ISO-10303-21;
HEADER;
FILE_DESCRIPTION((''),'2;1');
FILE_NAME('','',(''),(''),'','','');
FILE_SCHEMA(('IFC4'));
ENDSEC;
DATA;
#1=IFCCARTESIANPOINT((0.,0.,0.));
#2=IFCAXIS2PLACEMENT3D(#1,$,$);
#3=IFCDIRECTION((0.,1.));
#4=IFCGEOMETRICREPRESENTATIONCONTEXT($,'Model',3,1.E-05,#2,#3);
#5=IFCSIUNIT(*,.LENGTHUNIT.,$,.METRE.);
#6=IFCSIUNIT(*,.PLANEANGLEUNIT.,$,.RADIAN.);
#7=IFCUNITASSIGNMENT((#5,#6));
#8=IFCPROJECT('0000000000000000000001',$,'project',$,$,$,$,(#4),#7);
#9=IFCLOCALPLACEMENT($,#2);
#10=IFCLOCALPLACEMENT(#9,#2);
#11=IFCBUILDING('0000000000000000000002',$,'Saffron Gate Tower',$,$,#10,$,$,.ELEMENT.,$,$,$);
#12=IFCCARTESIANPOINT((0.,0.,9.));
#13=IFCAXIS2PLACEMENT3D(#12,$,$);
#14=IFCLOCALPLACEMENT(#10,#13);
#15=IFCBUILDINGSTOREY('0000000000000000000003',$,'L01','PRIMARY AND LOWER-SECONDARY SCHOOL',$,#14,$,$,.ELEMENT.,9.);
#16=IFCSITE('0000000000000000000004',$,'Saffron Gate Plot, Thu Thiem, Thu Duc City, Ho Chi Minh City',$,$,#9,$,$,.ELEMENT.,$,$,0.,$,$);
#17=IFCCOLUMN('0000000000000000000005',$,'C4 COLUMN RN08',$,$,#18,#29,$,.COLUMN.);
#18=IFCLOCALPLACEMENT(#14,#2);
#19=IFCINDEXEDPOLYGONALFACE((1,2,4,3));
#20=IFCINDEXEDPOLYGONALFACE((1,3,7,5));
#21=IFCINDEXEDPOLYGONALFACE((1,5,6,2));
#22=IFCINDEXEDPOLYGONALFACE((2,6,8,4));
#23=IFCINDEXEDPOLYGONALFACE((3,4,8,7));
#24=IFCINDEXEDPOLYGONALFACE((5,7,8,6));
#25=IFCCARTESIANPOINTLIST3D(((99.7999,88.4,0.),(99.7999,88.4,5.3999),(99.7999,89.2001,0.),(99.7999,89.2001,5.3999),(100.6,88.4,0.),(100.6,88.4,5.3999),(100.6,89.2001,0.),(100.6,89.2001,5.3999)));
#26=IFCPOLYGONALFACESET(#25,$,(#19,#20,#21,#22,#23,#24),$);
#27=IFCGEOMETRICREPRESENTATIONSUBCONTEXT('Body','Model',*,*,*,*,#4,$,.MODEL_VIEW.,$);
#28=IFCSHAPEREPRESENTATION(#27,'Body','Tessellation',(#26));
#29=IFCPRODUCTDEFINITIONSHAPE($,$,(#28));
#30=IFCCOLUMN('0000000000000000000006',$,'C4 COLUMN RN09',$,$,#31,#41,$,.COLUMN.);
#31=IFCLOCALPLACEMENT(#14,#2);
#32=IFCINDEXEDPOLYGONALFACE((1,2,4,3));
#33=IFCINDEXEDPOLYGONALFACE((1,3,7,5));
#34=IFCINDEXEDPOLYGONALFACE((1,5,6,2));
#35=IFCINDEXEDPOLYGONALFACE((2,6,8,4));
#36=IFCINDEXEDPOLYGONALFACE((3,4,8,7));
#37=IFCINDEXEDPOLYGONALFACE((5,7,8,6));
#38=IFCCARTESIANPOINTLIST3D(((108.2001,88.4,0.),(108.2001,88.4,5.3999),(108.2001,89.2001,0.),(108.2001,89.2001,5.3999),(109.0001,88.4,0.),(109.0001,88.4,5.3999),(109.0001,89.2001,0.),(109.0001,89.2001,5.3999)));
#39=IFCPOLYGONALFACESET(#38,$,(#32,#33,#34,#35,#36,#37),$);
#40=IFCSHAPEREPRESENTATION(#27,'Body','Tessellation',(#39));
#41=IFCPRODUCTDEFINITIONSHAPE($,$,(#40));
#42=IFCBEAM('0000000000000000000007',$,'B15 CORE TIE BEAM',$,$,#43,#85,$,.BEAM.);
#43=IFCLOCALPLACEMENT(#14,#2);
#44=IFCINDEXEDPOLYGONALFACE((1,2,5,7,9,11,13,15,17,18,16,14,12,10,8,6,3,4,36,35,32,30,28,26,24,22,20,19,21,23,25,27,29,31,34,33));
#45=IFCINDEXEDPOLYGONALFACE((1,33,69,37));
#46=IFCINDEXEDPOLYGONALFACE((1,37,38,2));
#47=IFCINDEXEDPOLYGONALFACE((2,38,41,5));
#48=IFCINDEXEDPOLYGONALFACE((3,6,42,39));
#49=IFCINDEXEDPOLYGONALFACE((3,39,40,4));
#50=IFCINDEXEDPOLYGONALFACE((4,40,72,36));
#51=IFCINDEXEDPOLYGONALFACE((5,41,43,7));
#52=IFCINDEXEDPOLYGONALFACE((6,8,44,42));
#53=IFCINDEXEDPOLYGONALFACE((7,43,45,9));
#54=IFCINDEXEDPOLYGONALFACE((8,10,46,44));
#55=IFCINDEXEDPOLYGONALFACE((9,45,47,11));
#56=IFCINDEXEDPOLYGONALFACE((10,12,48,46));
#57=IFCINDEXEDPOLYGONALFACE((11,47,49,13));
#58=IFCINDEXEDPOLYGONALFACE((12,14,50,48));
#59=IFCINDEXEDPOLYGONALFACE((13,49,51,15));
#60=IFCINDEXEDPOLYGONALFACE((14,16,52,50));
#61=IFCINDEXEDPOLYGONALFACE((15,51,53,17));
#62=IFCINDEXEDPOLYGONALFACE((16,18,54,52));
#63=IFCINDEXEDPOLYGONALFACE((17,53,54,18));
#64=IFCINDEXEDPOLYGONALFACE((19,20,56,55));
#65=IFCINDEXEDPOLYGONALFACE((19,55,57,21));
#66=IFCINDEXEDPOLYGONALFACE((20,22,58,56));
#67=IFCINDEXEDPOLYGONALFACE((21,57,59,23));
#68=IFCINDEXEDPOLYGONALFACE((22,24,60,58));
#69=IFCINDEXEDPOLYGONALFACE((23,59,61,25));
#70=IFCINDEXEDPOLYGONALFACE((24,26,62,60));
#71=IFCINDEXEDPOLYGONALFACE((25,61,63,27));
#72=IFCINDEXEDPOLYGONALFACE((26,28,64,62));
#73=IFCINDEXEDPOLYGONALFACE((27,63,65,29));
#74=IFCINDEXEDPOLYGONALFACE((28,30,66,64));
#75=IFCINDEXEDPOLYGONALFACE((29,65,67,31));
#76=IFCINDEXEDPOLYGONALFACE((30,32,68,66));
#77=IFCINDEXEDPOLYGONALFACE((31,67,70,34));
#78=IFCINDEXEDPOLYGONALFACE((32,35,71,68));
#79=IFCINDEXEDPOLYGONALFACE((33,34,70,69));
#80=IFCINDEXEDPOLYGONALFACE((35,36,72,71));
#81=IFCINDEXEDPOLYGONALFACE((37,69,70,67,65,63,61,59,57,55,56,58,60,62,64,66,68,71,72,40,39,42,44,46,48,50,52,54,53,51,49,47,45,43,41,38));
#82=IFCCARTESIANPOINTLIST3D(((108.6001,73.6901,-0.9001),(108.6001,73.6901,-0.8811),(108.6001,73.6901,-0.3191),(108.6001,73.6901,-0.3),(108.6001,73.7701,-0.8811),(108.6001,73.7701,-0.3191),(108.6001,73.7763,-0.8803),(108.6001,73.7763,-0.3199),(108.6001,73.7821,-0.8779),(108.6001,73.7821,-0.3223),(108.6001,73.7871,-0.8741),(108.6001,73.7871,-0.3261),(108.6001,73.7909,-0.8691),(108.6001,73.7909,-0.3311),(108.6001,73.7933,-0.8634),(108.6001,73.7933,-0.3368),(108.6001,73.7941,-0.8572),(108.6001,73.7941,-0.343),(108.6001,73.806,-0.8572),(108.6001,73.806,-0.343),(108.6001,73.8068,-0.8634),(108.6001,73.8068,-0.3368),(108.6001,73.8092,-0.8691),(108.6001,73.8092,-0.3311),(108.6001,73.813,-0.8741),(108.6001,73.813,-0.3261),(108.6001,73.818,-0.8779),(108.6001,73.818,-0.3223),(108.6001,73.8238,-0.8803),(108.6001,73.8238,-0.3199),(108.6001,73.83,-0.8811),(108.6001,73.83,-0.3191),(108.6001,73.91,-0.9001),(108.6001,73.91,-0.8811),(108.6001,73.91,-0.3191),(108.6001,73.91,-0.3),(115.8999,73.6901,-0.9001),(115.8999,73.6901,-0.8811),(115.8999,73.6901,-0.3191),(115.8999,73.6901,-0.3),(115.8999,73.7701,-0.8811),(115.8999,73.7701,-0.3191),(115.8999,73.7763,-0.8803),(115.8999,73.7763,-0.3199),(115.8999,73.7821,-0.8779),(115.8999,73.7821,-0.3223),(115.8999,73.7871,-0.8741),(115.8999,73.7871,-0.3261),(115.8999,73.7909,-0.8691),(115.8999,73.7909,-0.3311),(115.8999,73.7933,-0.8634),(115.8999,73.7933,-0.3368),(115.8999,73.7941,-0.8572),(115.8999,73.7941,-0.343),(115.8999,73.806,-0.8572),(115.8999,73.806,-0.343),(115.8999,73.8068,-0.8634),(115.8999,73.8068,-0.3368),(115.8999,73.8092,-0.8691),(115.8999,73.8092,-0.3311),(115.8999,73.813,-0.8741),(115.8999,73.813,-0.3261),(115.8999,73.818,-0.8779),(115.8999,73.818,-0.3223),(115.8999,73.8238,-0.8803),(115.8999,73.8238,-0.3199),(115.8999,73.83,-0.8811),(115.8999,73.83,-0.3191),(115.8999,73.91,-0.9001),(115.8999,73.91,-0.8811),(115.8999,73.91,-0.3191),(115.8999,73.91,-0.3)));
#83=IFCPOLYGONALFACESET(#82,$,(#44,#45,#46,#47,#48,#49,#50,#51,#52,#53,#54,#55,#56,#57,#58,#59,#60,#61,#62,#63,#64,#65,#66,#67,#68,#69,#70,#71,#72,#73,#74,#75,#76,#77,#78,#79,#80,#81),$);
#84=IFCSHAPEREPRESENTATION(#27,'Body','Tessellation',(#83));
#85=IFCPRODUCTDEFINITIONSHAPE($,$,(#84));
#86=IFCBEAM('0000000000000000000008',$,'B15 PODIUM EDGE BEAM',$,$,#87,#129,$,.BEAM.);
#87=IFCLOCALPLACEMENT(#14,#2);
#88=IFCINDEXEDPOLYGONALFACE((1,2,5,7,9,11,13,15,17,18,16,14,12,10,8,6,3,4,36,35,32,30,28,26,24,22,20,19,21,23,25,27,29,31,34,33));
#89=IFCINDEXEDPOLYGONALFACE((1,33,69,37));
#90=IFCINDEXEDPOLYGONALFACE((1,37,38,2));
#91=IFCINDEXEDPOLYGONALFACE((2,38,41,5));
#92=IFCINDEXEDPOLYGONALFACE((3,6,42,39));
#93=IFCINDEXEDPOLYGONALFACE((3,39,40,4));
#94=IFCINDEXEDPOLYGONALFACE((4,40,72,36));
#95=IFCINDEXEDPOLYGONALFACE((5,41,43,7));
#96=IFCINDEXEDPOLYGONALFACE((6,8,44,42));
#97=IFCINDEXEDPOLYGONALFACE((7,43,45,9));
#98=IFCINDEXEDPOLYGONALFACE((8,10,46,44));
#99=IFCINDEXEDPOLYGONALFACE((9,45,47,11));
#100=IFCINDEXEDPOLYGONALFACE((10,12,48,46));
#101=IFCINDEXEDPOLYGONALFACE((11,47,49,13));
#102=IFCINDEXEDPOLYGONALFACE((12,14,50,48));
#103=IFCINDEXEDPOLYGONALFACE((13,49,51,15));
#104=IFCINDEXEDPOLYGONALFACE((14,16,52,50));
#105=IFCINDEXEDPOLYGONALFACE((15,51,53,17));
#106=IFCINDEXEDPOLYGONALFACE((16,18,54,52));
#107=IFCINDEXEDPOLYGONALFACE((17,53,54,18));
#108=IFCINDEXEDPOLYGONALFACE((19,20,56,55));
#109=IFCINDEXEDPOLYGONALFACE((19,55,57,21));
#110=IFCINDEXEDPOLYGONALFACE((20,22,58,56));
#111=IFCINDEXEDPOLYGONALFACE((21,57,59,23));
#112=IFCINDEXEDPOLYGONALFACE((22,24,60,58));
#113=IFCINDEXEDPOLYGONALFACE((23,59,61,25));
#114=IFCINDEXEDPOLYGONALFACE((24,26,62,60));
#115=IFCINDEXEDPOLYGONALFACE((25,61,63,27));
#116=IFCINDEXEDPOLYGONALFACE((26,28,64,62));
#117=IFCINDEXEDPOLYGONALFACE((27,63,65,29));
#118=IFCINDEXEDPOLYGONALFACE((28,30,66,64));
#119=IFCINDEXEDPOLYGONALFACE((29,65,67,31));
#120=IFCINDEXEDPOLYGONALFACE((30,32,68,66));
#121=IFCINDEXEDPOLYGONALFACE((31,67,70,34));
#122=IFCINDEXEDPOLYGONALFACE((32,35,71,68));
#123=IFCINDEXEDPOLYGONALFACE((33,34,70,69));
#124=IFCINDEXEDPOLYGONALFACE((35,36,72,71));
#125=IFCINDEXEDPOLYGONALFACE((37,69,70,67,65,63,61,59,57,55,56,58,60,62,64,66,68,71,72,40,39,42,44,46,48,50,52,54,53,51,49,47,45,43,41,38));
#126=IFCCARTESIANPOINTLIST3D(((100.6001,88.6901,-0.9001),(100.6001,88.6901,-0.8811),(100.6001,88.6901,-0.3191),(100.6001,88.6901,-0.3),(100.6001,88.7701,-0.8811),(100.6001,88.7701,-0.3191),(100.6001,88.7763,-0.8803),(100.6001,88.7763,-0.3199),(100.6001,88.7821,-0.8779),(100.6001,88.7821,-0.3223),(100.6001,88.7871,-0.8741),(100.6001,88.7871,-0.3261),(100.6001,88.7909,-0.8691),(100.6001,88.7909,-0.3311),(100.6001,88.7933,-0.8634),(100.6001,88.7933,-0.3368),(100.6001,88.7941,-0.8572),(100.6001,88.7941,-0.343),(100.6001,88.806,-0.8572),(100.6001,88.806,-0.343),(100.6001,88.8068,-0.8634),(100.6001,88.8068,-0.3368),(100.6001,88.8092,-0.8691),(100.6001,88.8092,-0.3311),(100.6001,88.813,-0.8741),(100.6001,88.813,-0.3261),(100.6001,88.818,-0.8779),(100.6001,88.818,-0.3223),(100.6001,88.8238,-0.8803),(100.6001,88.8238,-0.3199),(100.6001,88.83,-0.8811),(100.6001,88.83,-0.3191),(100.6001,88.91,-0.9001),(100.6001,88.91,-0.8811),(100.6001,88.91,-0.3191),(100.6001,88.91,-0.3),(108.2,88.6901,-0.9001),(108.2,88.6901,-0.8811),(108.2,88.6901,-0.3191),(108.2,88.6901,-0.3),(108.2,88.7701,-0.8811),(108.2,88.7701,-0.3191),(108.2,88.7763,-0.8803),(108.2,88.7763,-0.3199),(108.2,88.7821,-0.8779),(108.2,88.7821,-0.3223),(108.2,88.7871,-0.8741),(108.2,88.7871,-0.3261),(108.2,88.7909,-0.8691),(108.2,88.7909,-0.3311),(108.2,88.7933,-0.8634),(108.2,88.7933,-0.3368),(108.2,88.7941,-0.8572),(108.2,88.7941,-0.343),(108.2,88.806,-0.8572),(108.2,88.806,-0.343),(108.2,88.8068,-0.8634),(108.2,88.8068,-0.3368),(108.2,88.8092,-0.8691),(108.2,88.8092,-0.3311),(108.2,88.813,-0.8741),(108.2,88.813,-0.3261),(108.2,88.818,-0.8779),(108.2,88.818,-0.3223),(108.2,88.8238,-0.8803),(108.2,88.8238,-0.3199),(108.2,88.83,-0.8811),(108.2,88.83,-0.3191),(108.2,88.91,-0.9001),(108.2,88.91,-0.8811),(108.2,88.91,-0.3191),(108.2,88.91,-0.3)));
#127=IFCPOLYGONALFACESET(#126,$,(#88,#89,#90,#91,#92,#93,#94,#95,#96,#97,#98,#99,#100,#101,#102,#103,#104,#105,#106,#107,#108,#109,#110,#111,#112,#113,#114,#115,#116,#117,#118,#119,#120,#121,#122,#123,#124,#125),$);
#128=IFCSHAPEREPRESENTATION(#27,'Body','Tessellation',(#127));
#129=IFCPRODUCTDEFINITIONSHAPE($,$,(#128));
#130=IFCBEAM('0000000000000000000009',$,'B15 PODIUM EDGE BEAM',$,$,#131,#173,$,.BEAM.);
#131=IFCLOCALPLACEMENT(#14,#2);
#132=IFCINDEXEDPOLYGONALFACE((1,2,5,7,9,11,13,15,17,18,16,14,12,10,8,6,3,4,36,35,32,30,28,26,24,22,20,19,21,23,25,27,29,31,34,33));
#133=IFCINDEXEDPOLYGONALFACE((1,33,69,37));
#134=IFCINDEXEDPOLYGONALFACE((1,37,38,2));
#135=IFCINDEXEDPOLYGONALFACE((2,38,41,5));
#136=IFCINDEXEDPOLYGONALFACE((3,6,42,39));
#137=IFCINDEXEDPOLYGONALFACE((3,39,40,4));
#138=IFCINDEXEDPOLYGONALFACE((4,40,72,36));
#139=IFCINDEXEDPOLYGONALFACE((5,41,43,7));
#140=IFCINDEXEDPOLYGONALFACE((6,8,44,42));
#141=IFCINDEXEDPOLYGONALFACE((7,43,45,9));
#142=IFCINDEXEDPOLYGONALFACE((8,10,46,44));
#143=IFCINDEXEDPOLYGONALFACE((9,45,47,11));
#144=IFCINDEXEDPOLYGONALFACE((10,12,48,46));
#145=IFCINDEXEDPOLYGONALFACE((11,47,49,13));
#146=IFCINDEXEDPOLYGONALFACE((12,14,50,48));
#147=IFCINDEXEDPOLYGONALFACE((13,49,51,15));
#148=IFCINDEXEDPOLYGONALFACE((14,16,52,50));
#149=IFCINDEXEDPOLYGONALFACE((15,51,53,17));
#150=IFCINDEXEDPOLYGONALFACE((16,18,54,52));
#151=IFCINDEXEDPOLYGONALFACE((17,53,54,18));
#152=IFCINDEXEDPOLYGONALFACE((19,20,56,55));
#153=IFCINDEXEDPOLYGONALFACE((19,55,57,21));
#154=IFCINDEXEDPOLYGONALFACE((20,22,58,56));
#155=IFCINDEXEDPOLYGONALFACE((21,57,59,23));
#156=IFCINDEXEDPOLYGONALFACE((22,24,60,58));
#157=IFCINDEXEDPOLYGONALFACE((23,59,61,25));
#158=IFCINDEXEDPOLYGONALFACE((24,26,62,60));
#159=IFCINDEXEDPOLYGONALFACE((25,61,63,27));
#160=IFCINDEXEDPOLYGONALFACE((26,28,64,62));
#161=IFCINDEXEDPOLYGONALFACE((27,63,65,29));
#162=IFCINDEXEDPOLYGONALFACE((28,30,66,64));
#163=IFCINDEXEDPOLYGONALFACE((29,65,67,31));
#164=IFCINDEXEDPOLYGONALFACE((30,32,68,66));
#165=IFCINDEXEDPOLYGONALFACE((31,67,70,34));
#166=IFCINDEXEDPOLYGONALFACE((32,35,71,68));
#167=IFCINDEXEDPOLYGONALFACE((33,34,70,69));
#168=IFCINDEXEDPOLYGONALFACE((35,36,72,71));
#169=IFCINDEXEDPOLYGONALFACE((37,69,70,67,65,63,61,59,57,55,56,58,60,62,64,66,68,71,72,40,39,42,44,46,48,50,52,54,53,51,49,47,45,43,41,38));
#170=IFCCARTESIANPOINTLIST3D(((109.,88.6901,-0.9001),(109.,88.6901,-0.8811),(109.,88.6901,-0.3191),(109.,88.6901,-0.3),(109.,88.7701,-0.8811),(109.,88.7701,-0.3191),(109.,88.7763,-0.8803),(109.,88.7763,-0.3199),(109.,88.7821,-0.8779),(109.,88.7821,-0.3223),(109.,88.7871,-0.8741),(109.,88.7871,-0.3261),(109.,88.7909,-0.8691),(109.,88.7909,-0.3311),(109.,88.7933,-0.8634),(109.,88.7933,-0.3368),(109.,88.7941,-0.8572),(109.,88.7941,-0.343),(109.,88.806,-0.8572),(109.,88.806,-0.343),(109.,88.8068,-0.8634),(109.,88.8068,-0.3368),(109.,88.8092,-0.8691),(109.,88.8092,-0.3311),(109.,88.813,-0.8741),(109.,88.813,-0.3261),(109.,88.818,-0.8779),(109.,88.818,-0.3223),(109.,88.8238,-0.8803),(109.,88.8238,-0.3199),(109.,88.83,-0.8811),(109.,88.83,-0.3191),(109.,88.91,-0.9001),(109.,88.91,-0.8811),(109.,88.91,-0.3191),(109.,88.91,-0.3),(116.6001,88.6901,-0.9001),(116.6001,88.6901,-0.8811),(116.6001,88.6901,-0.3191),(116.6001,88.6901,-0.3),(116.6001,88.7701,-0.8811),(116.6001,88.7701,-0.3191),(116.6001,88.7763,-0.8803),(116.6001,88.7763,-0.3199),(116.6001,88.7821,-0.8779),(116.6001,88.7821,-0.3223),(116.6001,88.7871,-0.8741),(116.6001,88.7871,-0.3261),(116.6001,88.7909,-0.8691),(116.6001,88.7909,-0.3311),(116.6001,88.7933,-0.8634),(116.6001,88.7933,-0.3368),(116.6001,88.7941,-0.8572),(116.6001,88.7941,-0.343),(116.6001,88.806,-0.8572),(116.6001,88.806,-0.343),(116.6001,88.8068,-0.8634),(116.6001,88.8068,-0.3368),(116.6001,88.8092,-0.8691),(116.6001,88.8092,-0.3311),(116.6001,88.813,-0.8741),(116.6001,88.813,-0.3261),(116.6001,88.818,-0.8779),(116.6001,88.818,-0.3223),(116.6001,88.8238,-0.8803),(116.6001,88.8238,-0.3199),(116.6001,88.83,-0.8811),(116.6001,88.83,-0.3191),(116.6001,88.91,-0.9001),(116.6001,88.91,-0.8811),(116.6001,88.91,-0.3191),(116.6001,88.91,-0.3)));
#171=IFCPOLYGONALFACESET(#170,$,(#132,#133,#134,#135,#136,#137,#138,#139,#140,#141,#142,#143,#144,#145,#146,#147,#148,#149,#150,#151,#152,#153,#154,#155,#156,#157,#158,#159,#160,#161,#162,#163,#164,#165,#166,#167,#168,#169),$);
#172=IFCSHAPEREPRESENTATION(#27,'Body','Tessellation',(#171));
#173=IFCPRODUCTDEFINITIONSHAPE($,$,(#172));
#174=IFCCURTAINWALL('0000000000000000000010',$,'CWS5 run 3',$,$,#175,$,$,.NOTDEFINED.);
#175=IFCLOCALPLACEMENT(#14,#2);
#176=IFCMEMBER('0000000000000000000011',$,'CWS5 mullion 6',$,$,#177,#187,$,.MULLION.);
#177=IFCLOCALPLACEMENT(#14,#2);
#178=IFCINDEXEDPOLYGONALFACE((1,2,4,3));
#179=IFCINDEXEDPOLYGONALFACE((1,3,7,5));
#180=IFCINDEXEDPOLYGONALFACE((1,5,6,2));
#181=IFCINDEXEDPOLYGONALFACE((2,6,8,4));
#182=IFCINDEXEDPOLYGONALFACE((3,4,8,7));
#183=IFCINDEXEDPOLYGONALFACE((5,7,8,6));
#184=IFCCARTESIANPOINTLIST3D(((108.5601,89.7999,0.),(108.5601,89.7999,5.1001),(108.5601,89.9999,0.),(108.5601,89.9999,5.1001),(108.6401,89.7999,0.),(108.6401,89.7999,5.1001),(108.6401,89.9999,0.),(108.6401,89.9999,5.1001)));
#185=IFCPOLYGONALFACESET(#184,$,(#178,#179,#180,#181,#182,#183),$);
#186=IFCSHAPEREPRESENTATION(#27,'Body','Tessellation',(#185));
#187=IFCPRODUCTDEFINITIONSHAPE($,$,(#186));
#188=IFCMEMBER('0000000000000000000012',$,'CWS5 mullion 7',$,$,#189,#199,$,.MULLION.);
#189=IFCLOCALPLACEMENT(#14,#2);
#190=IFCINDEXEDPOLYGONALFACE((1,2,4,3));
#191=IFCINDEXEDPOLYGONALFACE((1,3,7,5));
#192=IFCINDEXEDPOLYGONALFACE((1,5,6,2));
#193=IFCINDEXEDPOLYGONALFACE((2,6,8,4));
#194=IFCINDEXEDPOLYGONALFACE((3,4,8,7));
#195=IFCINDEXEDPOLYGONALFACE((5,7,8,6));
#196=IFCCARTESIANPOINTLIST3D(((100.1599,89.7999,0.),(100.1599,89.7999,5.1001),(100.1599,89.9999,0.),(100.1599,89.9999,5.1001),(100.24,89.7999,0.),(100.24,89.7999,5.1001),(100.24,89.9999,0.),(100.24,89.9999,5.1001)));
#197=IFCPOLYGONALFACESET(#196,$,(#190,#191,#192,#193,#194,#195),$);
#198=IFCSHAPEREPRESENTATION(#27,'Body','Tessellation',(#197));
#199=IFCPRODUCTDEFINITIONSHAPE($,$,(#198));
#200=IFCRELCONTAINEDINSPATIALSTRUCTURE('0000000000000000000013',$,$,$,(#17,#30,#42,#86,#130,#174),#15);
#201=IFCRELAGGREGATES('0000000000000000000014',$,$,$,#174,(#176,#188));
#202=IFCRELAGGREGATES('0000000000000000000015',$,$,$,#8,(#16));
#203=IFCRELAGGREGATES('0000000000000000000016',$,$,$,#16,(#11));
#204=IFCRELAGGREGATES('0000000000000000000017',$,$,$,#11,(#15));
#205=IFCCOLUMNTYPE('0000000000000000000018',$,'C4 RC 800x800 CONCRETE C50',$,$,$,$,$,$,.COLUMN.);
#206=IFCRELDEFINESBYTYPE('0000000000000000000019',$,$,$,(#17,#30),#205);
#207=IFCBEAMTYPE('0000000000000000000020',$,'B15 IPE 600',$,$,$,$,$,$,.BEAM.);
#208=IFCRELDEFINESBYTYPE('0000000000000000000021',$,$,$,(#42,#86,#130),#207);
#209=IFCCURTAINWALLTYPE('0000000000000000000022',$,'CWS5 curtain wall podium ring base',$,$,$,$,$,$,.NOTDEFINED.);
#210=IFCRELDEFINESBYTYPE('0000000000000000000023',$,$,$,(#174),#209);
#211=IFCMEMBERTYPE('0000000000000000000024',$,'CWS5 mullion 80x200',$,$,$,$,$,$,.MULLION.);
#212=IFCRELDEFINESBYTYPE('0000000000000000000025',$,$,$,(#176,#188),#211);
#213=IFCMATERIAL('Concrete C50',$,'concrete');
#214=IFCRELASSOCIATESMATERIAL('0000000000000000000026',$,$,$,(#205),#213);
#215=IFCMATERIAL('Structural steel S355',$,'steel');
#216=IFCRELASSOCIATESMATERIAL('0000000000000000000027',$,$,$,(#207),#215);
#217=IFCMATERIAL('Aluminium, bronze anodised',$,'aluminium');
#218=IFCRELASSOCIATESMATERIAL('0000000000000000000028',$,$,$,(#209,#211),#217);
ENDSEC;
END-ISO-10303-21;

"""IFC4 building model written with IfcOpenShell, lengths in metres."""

from ifc_helpers import new_model, si_unit, direction, frame, origin, origin_2d, place, context, subcontext, project, spatial, rectangle, i_section, extrude, material, material_profile, profile_set, type_object, element, aggregate, save


model = new_model("IFC4")

# Units and contexts
model_context = context("Model", 3, precision=1e-05, world=origin(), true_north=direction((0.0, 1.0)))
body_context = subcontext(model_context, "Body", "Model", "MODEL_VIEW")
ifc_project = project(units=[si_unit("LENGTHUNIT", "METRE"), si_unit("PLANEANGLEUNIT", "RADIAN")], contexts=[model_context])

# Site, building, storey
site_placement = place(None, origin())
site = spatial("IfcSite", under=ifc_project, at=site_placement, Name="Saffron Gate Plot, Thu Thiem, Thu Duc City, Ho Chi Minh City", CompositionType="ELEMENT", RefElevation=0.0)
building_placement = place(site_placement, origin())
building = spatial("IfcBuilding", under=site, at=building_placement, Name="Saffron Gate Tower", CompositionType="ELEMENT")
storey_placement = place(building_placement, frame((0.0, 0.0, 9.0)))
storey = spatial("IfcBuildingStorey", under=building, at=storey_placement, Name="L01", Description="PRIMARY AND LOWER-SECONDARY SCHOOL", CompositionType="ELEMENT", Elevation=9.0)

# Columns
ifc_material_1 = material(Name="Concrete C50", Category="concrete")
ifc_material_profile_1 = material_profile(ifc_material_1, rectangle(XDim=0.8, YDim=0.8, at=origin_2d()))
ifc_profile_set_1 = profile_set([ifc_material_profile_1], Name="Concrete C50")
column_type = type_object("IfcColumnType", Name="C4 RC 800x800 CONCRETE C50", PredefinedType="COLUMN", material=ifc_profile_set_1)
for number, where, z_axis, x_axis, name in (
    (1, (100.2, 88.8, 0.0), (0.0, 0.0, 1.0), (1.0, 0.0, 0.0), "C4 COLUMN RN08"),
    (2, (108.6001, 88.8, 0.0), (0.0, 0.0, 1.0), (1.0, 0.0, 0.0), "C4 COLUMN RN09"),
):
    element("IfcColumn", number, at=place(storey_placement, frame(where, z_axis=z_axis, x_axis=x_axis)), inside=storey, type_object=column_type, Name=name, PredefinedType="COLUMN", context=body_context, shape_type="SweptSolid", body=[
        extrude(rectangle(XDim=0.8, YDim=0.8, at=origin_2d()), origin(), (0.0, 0.0, 1.0), 5.3999),
    ])

# Beams
ifc_material_2 = material(Name="Structural steel S355", Category="steel")
ifc_material_profile_2 = material_profile(ifc_material_2, i_section(OverallWidth=0.22, OverallDepth=0.6001, WebThickness=0.012, FlangeThickness=0.019, FilletRadius=0.0239, at=origin_2d()))
ifc_profile_set_2 = profile_set([ifc_material_profile_2], Name="Structural steel S355")
beam_type = type_object("IfcBeamType", Name="B15 IPE 600", PredefinedType="BEAM", material=ifc_profile_set_2)
beam_1_placement = place(storey_placement, frame((115.8999, 73.8, -0.6001), z_axis=(-1.0, 0.0, 0.0), x_axis=(0.0, -1.0, 0.0)))
element("IfcBeam", 3, at=beam_1_placement, inside=storey, type_object=beam_type, Name="B15 CORE TIE BEAM", PredefinedType="BEAM", context=body_context, shape_type="SweptSolid", body=[
    extrude(i_section(OverallWidth=0.22, OverallDepth=0.6001, WebThickness=0.012, FlangeThickness=0.019, FilletRadius=0.0239, at=origin_2d()), origin(), (0.0, 0.0, 1.0), 7.2998),
])
beam_2_placement = place(storey_placement, frame((100.6001, 88.8, -0.6001), z_axis=(1.0, 0.0, 0.0), x_axis=(0.0, 1.0, 0.0)))
element("IfcBeam", 4, at=beam_2_placement, inside=storey, type_object=beam_type, Name="B15 PODIUM EDGE BEAM", PredefinedType="BEAM", context=body_context, shape_type="SweptSolid", body=[
    extrude(i_section(OverallWidth=0.22, OverallDepth=0.6001, WebThickness=0.012, FlangeThickness=0.019, FilletRadius=0.0239, at=origin_2d()), origin(), (0.0, 0.0, 1.0), 7.5999),
])
beam_3_placement = place(storey_placement, frame((109.0, 88.8, -0.6001), z_axis=(1.0, 0.0, 0.0), x_axis=(0.0, 1.0, 0.0)))
element("IfcBeam", 5, at=beam_3_placement, inside=storey, type_object=beam_type, Name="B15 PODIUM EDGE BEAM", PredefinedType="BEAM", context=body_context, shape_type="SweptSolid", body=[
    extrude(i_section(OverallWidth=0.22, OverallDepth=0.6001, WebThickness=0.012, FlangeThickness=0.019, FilletRadius=0.0239, at=origin_2d()), origin(), (0.0, 0.0, 1.0), 7.6001),
])

# Curtain wall, members
ifc_material_3 = material(Name="Aluminium, bronze anodised", Category="aluminium")
curtain_wall_type = type_object("IfcCurtainWallType", Name="CWS5 curtain wall podium ring base", PredefinedType="NOTDEFINED", material=ifc_material_3)
curtain_wall_placement = place(storey_placement, origin())
curtain_wall = element("IfcCurtainWall", 6, at=curtain_wall_placement, inside=storey, type_object=curtain_wall_type, Name="CWS5 run 3", PredefinedType="NOTDEFINED")
ifc_material_profile_3 = material_profile(ifc_material_3, rectangle(XDim=0.2, YDim=0.0801, at=origin_2d()))
ifc_profile_set_3 = profile_set([ifc_material_profile_3], Name="Aluminium, bronze anodised")
member_type = type_object("IfcMemberType", Name="CWS5 mullion 80x200", PredefinedType="MULLION", material=ifc_profile_set_3)
member_1_placement = place(storey_placement, frame((108.6001, 89.8999, 0.0), z_axis=(0.0, 0.0, 1.0), x_axis=(0.0, -1.0, 0.0)))
member_1 = element("IfcMember", 7, at=member_1_placement, type_object=member_type, Name="CWS5 mullion 6", PredefinedType="MULLION", context=body_context, shape_type="SweptSolid", body=[
    extrude(rectangle(XDim=0.2, YDim=0.0801, at=origin_2d()), origin(), (0.0, 0.0, 1.0), 5.1001),
])
member_2_placement = place(storey_placement, frame((100.2, 89.8999, 0.0), z_axis=(0.0, 0.0, 1.0), x_axis=(0.0, -1.0, 0.0)))
member_2 = element("IfcMember", 8, at=member_2_placement, type_object=member_type, Name="CWS5 mullion 7", PredefinedType="MULLION", context=body_context, shape_type="SweptSolid", body=[
    extrude(rectangle(XDim=0.2, YDim=0.0801, at=origin_2d()), origin(), (0.0, 0.0, 1.0), 5.1001),
])
aggregate(curtain_wall, [member_1, member_2])

save(model, "model.ifc")
